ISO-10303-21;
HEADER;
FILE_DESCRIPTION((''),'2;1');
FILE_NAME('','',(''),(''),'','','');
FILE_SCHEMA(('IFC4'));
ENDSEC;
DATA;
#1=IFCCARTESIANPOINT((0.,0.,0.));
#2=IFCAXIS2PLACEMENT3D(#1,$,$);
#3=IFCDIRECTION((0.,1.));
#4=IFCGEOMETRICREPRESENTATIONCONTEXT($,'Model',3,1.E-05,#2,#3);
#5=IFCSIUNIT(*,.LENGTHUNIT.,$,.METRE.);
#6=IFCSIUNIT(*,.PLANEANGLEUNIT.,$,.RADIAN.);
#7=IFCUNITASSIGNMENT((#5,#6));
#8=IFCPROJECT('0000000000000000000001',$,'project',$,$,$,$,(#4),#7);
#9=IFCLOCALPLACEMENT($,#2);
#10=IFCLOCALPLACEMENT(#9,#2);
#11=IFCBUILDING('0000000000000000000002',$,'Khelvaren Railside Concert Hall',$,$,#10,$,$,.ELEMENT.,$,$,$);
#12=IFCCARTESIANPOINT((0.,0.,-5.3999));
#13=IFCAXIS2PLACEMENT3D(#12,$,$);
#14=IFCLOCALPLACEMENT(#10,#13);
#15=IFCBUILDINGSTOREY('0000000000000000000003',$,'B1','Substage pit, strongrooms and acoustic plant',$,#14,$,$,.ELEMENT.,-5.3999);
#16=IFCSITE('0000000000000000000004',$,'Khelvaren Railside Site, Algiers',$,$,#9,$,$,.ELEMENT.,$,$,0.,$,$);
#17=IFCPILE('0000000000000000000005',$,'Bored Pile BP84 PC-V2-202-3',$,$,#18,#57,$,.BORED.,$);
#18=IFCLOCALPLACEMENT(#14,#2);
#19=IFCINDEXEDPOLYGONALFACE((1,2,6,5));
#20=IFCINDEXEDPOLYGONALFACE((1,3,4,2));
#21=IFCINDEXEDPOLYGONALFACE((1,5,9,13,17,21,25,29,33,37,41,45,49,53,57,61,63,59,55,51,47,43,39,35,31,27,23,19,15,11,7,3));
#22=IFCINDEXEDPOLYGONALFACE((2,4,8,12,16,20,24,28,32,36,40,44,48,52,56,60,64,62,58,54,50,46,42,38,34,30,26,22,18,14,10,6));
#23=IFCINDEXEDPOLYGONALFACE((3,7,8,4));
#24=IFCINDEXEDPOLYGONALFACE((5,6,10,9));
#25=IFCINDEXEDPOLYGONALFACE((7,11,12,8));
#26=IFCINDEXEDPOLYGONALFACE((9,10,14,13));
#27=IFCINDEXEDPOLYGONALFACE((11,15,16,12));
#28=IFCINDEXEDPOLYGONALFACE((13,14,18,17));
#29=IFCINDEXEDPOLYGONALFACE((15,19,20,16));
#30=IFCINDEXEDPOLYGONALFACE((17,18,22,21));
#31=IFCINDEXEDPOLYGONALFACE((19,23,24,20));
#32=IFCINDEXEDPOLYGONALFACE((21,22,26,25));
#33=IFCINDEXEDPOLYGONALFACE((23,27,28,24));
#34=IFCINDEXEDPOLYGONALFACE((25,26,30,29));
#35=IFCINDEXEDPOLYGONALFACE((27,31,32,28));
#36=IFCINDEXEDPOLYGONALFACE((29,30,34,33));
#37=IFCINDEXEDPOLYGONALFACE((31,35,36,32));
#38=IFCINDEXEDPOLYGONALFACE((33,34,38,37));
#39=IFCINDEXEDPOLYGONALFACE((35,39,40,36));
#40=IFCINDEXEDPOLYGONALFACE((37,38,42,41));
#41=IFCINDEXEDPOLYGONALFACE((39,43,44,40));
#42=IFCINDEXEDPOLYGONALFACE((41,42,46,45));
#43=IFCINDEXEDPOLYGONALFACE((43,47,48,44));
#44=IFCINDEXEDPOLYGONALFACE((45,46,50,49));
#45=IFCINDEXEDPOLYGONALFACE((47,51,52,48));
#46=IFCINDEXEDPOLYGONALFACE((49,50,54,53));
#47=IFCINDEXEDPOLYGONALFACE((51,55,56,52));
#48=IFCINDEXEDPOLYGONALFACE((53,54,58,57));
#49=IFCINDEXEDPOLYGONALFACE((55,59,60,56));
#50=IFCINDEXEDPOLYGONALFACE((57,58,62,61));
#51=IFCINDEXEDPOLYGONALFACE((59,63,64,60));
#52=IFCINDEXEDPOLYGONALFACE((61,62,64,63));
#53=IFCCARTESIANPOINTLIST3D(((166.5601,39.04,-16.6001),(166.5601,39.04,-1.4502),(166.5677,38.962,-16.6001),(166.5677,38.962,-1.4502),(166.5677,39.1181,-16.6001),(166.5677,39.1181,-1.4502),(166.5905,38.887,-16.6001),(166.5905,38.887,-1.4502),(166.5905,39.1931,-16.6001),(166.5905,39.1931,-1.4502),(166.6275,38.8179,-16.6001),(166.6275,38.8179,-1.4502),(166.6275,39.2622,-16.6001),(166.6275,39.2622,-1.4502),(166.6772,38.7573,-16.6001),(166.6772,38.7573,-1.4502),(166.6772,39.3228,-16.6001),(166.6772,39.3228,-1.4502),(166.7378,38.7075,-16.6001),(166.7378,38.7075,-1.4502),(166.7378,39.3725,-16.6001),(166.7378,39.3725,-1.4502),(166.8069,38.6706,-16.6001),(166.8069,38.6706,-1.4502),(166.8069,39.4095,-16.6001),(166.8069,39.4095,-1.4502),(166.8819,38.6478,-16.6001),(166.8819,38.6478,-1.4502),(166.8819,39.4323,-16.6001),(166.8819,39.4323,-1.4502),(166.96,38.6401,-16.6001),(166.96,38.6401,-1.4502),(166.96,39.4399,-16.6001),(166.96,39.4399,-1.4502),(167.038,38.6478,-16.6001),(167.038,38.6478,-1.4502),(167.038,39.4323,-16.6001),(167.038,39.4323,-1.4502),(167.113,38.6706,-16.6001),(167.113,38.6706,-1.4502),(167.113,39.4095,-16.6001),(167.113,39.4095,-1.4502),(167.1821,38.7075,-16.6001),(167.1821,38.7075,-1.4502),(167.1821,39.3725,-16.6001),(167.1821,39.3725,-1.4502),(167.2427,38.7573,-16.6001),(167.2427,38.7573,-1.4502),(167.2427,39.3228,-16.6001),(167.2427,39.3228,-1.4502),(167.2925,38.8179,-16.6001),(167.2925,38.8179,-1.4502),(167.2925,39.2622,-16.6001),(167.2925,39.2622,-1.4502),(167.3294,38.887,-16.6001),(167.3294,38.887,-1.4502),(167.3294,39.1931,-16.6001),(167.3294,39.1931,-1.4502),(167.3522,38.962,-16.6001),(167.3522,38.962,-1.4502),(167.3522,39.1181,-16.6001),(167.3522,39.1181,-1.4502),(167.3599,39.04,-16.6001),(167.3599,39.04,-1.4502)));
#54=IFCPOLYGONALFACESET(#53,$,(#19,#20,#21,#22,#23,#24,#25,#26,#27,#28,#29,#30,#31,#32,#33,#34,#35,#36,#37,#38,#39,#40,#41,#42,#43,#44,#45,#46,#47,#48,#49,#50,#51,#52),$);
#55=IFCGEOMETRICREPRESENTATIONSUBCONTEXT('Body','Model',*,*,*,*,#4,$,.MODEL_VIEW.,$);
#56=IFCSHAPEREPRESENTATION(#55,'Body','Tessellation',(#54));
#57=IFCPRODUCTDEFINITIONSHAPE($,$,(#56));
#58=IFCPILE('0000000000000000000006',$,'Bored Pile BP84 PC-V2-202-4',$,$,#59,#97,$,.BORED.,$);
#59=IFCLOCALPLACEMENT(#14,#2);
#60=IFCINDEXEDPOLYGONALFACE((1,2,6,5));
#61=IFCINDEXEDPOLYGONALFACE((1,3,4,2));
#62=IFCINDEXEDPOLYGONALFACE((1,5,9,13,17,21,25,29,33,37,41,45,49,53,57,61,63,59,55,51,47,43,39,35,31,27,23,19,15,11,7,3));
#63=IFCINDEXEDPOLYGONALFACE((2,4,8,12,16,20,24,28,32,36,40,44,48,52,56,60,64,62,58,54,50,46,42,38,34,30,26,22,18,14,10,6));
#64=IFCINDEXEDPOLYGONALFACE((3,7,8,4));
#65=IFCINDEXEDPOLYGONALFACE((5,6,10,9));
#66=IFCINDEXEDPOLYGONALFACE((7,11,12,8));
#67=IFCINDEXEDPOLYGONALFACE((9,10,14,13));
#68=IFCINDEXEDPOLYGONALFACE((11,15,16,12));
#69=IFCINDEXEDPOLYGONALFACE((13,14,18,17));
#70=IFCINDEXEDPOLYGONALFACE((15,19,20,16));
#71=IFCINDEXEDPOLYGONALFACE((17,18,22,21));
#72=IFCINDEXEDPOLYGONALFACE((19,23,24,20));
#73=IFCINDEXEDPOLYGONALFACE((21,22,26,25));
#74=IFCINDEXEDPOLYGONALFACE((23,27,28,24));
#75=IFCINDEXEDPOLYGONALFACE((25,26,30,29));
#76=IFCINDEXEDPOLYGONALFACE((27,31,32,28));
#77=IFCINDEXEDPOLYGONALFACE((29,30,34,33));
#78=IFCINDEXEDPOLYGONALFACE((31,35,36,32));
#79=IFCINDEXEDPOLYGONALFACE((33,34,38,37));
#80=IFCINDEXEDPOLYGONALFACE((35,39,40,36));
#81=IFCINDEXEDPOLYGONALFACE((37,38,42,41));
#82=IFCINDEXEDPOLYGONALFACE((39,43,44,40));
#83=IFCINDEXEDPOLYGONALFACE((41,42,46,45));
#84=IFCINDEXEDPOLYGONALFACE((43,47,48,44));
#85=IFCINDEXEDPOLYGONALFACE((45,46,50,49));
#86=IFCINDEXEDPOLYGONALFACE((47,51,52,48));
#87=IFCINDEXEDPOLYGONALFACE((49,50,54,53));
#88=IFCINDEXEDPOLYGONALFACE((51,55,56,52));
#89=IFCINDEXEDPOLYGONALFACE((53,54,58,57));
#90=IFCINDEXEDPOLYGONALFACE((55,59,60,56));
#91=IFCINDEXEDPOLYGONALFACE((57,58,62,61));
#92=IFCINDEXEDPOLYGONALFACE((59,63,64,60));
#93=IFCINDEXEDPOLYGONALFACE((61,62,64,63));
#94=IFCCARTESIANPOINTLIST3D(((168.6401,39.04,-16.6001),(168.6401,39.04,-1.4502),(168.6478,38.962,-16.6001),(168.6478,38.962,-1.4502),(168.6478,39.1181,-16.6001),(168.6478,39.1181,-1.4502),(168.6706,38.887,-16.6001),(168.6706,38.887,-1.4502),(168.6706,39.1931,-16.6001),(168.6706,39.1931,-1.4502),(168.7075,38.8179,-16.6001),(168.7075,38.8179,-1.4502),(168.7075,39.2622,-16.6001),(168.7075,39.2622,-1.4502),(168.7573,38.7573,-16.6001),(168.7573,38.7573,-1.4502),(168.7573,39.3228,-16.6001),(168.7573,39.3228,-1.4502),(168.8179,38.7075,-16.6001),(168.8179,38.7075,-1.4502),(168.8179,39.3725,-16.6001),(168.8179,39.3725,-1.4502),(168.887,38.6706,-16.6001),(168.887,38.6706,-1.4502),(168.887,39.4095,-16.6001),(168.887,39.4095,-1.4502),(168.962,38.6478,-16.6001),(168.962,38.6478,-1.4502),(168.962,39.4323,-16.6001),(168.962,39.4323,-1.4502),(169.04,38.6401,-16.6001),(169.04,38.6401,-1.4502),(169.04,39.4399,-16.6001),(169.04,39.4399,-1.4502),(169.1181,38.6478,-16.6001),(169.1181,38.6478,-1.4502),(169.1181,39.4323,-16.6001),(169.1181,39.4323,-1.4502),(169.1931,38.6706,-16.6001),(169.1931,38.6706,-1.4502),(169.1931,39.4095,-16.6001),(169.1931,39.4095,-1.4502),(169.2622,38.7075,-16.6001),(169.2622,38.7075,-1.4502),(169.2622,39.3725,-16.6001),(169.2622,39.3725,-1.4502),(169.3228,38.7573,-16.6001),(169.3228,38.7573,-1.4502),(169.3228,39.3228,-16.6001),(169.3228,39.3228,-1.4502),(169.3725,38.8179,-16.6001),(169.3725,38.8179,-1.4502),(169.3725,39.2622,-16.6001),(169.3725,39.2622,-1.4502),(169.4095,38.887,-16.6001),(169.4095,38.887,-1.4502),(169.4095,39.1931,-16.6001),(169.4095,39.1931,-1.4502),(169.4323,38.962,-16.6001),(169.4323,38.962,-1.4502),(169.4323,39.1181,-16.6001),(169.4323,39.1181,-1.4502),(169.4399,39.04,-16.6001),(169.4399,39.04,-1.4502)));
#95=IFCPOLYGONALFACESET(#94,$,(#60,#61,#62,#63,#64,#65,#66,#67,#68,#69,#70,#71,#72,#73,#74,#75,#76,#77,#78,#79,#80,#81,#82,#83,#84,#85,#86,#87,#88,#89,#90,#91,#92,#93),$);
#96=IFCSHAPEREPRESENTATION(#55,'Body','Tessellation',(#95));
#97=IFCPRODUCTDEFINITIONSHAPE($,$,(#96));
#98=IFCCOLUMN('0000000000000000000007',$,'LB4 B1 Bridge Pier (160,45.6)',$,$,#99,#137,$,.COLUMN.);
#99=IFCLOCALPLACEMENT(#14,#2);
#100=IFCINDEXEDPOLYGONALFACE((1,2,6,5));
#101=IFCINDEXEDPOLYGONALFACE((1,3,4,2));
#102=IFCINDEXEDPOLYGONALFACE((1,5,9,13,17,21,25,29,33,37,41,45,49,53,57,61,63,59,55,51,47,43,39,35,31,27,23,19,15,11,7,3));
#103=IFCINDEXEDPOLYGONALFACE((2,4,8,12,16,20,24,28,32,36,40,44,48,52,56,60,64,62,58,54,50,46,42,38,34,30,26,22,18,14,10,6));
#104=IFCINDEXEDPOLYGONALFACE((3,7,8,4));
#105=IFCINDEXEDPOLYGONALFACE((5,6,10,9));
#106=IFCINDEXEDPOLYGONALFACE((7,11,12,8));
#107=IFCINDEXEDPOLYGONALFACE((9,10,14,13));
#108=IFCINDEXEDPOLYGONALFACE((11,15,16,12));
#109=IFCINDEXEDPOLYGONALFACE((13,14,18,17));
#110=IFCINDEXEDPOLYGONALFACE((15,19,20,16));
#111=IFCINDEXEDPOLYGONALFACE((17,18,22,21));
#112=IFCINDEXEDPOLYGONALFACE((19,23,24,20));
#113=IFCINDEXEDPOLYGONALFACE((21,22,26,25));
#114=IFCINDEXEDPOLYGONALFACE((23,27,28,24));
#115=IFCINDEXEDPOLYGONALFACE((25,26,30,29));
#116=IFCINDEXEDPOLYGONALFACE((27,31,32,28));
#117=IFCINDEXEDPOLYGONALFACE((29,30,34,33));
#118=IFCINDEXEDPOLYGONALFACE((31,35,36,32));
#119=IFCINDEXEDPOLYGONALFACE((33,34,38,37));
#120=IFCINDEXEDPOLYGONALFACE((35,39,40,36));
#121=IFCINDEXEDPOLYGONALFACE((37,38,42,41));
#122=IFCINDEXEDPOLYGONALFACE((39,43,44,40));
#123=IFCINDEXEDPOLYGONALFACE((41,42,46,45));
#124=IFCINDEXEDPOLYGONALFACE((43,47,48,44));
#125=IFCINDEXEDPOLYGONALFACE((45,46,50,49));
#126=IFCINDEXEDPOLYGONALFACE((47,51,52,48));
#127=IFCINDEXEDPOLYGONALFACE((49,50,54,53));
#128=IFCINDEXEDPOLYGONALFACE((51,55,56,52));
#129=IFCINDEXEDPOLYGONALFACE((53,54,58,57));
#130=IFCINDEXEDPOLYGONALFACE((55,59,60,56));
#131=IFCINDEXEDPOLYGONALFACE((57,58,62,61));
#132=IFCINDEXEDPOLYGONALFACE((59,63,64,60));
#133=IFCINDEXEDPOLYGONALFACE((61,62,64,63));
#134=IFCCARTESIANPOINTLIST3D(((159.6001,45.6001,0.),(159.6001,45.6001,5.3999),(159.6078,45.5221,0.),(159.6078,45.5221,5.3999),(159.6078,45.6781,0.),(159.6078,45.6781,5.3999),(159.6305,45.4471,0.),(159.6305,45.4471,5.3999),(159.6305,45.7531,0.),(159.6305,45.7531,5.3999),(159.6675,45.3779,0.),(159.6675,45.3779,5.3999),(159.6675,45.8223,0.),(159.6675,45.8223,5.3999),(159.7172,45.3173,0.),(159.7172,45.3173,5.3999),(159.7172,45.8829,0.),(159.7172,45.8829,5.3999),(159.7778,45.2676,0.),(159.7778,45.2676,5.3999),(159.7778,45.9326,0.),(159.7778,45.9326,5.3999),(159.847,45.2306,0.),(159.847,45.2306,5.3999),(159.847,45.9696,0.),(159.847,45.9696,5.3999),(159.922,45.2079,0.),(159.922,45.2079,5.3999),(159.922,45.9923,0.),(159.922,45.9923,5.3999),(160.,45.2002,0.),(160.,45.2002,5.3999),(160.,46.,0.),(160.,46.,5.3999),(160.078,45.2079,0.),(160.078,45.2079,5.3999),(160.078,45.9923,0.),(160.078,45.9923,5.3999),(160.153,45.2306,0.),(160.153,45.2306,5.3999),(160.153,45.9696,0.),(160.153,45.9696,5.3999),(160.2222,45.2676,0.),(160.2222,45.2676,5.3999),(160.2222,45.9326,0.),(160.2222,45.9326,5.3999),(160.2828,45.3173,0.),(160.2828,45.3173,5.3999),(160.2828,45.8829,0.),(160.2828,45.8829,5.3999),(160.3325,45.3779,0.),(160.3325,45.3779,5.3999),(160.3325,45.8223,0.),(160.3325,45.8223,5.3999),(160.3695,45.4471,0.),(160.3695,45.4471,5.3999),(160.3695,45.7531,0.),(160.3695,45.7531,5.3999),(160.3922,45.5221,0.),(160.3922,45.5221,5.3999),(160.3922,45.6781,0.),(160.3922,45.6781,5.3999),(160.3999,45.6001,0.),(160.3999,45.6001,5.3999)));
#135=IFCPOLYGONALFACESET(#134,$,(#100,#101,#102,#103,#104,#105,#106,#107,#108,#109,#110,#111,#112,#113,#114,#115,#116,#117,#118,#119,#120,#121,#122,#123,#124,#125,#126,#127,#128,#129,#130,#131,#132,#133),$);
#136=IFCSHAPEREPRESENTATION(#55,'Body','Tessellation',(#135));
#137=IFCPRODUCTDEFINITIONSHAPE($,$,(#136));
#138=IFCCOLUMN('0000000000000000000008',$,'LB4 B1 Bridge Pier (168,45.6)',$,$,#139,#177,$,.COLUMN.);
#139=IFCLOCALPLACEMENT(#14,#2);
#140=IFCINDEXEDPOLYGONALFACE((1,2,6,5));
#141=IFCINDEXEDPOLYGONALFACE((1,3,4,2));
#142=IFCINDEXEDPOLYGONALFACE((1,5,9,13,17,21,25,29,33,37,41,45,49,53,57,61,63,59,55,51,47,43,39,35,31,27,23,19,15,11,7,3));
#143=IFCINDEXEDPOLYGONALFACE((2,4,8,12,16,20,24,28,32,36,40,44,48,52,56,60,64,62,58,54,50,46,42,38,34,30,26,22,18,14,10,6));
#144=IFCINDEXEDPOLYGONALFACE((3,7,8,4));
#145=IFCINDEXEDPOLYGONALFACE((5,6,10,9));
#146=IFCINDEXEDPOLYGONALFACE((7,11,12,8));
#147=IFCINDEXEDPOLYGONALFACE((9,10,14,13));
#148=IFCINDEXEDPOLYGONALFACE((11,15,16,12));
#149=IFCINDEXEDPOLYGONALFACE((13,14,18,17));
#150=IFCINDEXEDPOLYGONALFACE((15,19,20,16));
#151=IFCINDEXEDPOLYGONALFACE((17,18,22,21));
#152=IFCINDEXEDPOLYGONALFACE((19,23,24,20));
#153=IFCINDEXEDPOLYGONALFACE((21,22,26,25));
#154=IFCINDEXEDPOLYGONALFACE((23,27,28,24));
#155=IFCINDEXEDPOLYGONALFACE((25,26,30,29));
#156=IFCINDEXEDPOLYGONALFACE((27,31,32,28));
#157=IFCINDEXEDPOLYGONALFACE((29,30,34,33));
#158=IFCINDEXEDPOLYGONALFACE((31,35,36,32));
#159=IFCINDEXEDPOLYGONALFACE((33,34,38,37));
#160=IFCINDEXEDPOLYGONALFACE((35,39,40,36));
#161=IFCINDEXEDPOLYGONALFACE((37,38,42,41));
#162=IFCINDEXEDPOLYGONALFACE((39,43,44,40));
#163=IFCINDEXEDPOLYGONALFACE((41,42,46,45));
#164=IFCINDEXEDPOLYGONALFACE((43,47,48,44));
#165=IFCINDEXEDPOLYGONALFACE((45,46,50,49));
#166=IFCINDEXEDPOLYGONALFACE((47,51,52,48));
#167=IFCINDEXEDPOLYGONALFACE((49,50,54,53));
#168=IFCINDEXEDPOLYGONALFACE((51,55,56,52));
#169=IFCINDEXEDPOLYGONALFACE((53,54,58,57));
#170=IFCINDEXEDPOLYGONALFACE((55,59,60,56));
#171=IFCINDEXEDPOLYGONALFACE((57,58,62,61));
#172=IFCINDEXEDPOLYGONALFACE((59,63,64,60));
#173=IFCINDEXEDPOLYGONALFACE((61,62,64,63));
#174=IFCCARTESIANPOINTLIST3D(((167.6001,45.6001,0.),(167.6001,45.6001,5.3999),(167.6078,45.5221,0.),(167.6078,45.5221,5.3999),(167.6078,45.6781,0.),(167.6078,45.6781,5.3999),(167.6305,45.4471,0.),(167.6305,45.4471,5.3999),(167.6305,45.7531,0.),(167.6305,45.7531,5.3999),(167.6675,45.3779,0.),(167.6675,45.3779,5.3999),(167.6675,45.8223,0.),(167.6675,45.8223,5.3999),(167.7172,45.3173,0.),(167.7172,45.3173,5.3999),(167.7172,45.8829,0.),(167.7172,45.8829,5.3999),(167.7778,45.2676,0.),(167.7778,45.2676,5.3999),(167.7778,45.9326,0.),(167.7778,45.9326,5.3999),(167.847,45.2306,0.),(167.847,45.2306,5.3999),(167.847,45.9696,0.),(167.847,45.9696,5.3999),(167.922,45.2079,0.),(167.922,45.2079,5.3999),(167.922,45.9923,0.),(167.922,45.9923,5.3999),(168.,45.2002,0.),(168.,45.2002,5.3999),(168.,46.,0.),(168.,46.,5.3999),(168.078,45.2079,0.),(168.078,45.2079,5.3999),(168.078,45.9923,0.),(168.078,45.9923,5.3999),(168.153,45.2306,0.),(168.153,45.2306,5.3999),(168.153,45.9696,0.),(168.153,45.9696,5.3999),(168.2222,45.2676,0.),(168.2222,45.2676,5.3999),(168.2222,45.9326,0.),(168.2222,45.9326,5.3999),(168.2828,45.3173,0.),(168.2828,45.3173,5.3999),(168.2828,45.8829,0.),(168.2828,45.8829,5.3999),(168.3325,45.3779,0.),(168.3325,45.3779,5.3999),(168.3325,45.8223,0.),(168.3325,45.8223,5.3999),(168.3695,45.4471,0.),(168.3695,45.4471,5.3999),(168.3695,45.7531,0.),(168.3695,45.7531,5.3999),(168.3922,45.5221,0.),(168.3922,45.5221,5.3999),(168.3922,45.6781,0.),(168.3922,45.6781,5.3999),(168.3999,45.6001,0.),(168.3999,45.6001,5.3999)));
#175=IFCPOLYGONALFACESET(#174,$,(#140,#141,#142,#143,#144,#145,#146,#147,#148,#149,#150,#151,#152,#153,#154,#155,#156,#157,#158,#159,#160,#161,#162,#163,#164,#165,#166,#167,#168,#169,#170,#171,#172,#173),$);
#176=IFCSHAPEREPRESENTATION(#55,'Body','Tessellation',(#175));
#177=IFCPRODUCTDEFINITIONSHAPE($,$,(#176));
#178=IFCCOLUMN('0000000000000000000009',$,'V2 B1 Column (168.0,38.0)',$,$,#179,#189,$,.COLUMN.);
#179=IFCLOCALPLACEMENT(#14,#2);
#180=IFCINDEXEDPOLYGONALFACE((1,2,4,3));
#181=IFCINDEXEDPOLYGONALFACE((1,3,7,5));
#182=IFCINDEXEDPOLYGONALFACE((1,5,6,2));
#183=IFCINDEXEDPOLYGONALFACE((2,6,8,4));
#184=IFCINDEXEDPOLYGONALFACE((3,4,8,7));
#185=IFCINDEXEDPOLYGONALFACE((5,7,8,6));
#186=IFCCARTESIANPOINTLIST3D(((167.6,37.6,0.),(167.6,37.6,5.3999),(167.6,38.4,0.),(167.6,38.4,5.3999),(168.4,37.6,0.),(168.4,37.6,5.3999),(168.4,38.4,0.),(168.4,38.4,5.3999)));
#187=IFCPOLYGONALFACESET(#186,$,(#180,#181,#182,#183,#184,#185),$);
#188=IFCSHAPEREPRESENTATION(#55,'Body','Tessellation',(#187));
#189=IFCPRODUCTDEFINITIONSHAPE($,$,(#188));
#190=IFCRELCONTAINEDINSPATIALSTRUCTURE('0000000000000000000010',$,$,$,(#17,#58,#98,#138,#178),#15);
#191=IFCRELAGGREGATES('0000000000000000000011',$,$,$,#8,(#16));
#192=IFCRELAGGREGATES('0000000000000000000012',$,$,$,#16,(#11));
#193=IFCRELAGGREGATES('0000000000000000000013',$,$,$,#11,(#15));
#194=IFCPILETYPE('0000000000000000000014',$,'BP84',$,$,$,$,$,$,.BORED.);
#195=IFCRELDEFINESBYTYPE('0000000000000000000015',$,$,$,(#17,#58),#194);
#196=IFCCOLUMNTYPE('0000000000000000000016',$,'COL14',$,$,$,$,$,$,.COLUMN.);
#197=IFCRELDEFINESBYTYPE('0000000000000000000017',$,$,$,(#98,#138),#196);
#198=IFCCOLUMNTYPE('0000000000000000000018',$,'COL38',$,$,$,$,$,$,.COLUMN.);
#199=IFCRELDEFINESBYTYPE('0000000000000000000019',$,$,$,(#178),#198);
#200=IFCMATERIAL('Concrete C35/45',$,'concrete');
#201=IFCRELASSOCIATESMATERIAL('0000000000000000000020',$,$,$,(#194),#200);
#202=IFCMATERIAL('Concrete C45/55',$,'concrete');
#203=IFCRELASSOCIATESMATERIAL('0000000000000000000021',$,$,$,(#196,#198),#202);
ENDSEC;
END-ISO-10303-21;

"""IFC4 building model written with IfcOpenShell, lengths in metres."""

from ifc_helpers import new_model, si_unit, direction, frame, origin, origin_2d, place, context, subcontext, project, spatial, rectangle, circle, extrude, material, material_profile, profile_set, type_object, element, save


model = new_model("IFC4")

# Units and contexts
model_context = context("Model", 3, precision=1e-05, world=origin(), true_north=direction((0.0, 1.0)))
body_context = subcontext(model_context, "Body", "Model", "MODEL_VIEW")
ifc_project = project(units=[si_unit("LENGTHUNIT", "METRE"), si_unit("PLANEANGLEUNIT", "RADIAN")], contexts=[model_context])

# Site, building, storey
site_placement = place(None, origin())
site = spatial("IfcSite", under=ifc_project, at=site_placement, Name="Khelvaren Railside Site, Algiers", CompositionType="ELEMENT", RefElevation=0.0)
building_placement = place(site_placement, origin())
building = spatial("IfcBuilding", under=site, at=building_placement, Name="Khelvaren Railside Concert Hall", CompositionType="ELEMENT")
storey_placement = place(building_placement, frame((0.0, 0.0, -5.3999)))
storey = spatial("IfcBuildingStorey", under=building, at=storey_placement, Name="B1", Description="Substage pit, strongrooms and acoustic plant", CompositionType="ELEMENT", Elevation=-5.3999)

# Piles
ifc_material_1 = material(Name="Concrete C35/45", Category="concrete")
ifc_material_profile_1 = material_profile(ifc_material_1, circle(Radius=0.3999, at=origin_2d()), Name="BP D800")
ifc_profile_set_1 = profile_set([ifc_material_profile_1], Name="Concrete C35/45")
pile_type_1 = type_object("IfcPileType", Name="BP84", PredefinedType="BORED", material=ifc_profile_set_1)
for number, where, z_axis, x_axis, name in (
    (1, (166.96, 39.04, -1.4502), (0.0, 0.0, -1.0), (1.0, 0.0, 0.0), "Bored Pile BP84 PC-V2-202-3"),
    (2, (169.04, 39.04, -1.4502), (0.0, 0.0, -1.0), (1.0, 0.0, 0.0), "Bored Pile BP84 PC-V2-202-4"),
):
    element("IfcPile", number, at=place(storey_placement, frame(where, z_axis=z_axis, x_axis=x_axis)), inside=storey, type_object=pile_type_1, Name=name, PredefinedType="BORED", context=body_context, shape_type="SweptSolid", body=[
        extrude(circle(Radius=0.3999, at=origin_2d()), origin(), (0.0, 0.0, 1.0), 15.1499),
    ])

# Columns
ifc_material_2 = material(Name="Concrete C45/55", Category="concrete")
ifc_material_profile_2 = material_profile(ifc_material_2, circle(Radius=0.3999, at=origin_2d()), Name="RC D800")
ifc_profile_set_2 = profile_set([ifc_material_profile_2], Name="Concrete C45/55")
column_type_1 = type_object("IfcColumnType", Name="COL14", PredefinedType="COLUMN", material=ifc_profile_set_2)
for number, where, z_axis, x_axis, name in (
    (3, (160.0, 45.6001, 0.0), (0.0, 0.0, 1.0), (1.0, 0.0, 0.0), "LB4 B1 Bridge Pier (160,45.6)"),
    (4, (168.0, 45.6001, 0.0), (0.0, 0.0, 1.0), (1.0, 0.0, 0.0), "LB4 B1 Bridge Pier (168,45.6)"),
):
    element("IfcColumn", number, at=place(storey_placement, frame(where, z_axis=z_axis, x_axis=x_axis)), inside=storey, type_object=column_type_1, Name=name, PredefinedType="COLUMN", context=body_context, shape_type="SweptSolid", body=[
        extrude(circle(Radius=0.3999, at=origin_2d()), origin(), (0.0, 0.0, 1.0), 5.3999),
    ])
ifc_material_profile_3 = material_profile(ifc_material_2, rectangle(XDim=0.8, YDim=0.8, at=origin_2d()), Name="RC 800x800")
ifc_profile_set_3 = profile_set([ifc_material_profile_3], Name="Concrete C45/55")
column_type_2 = type_object("IfcColumnType", Name="COL38", PredefinedType="COLUMN", material=ifc_profile_set_3)
column_1_placement = place(storey_placement, frame((168.0, 38.0, 0.0), z_axis=(0.0, 0.0, 1.0), x_axis=(1.0, 0.0, 0.0)))
element("IfcColumn", 5, at=column_1_placement, inside=storey, type_object=column_type_2, Name="V2 B1 Column (168.0,38.0)", PredefinedType="COLUMN", context=body_context, shape_type="SweptSolid", body=[
    extrude(rectangle(XDim=0.8, YDim=0.8, at=origin_2d()), origin(), (0.0, 0.0, 1.0), 5.3999),
])

save(model, "model.ifc")
